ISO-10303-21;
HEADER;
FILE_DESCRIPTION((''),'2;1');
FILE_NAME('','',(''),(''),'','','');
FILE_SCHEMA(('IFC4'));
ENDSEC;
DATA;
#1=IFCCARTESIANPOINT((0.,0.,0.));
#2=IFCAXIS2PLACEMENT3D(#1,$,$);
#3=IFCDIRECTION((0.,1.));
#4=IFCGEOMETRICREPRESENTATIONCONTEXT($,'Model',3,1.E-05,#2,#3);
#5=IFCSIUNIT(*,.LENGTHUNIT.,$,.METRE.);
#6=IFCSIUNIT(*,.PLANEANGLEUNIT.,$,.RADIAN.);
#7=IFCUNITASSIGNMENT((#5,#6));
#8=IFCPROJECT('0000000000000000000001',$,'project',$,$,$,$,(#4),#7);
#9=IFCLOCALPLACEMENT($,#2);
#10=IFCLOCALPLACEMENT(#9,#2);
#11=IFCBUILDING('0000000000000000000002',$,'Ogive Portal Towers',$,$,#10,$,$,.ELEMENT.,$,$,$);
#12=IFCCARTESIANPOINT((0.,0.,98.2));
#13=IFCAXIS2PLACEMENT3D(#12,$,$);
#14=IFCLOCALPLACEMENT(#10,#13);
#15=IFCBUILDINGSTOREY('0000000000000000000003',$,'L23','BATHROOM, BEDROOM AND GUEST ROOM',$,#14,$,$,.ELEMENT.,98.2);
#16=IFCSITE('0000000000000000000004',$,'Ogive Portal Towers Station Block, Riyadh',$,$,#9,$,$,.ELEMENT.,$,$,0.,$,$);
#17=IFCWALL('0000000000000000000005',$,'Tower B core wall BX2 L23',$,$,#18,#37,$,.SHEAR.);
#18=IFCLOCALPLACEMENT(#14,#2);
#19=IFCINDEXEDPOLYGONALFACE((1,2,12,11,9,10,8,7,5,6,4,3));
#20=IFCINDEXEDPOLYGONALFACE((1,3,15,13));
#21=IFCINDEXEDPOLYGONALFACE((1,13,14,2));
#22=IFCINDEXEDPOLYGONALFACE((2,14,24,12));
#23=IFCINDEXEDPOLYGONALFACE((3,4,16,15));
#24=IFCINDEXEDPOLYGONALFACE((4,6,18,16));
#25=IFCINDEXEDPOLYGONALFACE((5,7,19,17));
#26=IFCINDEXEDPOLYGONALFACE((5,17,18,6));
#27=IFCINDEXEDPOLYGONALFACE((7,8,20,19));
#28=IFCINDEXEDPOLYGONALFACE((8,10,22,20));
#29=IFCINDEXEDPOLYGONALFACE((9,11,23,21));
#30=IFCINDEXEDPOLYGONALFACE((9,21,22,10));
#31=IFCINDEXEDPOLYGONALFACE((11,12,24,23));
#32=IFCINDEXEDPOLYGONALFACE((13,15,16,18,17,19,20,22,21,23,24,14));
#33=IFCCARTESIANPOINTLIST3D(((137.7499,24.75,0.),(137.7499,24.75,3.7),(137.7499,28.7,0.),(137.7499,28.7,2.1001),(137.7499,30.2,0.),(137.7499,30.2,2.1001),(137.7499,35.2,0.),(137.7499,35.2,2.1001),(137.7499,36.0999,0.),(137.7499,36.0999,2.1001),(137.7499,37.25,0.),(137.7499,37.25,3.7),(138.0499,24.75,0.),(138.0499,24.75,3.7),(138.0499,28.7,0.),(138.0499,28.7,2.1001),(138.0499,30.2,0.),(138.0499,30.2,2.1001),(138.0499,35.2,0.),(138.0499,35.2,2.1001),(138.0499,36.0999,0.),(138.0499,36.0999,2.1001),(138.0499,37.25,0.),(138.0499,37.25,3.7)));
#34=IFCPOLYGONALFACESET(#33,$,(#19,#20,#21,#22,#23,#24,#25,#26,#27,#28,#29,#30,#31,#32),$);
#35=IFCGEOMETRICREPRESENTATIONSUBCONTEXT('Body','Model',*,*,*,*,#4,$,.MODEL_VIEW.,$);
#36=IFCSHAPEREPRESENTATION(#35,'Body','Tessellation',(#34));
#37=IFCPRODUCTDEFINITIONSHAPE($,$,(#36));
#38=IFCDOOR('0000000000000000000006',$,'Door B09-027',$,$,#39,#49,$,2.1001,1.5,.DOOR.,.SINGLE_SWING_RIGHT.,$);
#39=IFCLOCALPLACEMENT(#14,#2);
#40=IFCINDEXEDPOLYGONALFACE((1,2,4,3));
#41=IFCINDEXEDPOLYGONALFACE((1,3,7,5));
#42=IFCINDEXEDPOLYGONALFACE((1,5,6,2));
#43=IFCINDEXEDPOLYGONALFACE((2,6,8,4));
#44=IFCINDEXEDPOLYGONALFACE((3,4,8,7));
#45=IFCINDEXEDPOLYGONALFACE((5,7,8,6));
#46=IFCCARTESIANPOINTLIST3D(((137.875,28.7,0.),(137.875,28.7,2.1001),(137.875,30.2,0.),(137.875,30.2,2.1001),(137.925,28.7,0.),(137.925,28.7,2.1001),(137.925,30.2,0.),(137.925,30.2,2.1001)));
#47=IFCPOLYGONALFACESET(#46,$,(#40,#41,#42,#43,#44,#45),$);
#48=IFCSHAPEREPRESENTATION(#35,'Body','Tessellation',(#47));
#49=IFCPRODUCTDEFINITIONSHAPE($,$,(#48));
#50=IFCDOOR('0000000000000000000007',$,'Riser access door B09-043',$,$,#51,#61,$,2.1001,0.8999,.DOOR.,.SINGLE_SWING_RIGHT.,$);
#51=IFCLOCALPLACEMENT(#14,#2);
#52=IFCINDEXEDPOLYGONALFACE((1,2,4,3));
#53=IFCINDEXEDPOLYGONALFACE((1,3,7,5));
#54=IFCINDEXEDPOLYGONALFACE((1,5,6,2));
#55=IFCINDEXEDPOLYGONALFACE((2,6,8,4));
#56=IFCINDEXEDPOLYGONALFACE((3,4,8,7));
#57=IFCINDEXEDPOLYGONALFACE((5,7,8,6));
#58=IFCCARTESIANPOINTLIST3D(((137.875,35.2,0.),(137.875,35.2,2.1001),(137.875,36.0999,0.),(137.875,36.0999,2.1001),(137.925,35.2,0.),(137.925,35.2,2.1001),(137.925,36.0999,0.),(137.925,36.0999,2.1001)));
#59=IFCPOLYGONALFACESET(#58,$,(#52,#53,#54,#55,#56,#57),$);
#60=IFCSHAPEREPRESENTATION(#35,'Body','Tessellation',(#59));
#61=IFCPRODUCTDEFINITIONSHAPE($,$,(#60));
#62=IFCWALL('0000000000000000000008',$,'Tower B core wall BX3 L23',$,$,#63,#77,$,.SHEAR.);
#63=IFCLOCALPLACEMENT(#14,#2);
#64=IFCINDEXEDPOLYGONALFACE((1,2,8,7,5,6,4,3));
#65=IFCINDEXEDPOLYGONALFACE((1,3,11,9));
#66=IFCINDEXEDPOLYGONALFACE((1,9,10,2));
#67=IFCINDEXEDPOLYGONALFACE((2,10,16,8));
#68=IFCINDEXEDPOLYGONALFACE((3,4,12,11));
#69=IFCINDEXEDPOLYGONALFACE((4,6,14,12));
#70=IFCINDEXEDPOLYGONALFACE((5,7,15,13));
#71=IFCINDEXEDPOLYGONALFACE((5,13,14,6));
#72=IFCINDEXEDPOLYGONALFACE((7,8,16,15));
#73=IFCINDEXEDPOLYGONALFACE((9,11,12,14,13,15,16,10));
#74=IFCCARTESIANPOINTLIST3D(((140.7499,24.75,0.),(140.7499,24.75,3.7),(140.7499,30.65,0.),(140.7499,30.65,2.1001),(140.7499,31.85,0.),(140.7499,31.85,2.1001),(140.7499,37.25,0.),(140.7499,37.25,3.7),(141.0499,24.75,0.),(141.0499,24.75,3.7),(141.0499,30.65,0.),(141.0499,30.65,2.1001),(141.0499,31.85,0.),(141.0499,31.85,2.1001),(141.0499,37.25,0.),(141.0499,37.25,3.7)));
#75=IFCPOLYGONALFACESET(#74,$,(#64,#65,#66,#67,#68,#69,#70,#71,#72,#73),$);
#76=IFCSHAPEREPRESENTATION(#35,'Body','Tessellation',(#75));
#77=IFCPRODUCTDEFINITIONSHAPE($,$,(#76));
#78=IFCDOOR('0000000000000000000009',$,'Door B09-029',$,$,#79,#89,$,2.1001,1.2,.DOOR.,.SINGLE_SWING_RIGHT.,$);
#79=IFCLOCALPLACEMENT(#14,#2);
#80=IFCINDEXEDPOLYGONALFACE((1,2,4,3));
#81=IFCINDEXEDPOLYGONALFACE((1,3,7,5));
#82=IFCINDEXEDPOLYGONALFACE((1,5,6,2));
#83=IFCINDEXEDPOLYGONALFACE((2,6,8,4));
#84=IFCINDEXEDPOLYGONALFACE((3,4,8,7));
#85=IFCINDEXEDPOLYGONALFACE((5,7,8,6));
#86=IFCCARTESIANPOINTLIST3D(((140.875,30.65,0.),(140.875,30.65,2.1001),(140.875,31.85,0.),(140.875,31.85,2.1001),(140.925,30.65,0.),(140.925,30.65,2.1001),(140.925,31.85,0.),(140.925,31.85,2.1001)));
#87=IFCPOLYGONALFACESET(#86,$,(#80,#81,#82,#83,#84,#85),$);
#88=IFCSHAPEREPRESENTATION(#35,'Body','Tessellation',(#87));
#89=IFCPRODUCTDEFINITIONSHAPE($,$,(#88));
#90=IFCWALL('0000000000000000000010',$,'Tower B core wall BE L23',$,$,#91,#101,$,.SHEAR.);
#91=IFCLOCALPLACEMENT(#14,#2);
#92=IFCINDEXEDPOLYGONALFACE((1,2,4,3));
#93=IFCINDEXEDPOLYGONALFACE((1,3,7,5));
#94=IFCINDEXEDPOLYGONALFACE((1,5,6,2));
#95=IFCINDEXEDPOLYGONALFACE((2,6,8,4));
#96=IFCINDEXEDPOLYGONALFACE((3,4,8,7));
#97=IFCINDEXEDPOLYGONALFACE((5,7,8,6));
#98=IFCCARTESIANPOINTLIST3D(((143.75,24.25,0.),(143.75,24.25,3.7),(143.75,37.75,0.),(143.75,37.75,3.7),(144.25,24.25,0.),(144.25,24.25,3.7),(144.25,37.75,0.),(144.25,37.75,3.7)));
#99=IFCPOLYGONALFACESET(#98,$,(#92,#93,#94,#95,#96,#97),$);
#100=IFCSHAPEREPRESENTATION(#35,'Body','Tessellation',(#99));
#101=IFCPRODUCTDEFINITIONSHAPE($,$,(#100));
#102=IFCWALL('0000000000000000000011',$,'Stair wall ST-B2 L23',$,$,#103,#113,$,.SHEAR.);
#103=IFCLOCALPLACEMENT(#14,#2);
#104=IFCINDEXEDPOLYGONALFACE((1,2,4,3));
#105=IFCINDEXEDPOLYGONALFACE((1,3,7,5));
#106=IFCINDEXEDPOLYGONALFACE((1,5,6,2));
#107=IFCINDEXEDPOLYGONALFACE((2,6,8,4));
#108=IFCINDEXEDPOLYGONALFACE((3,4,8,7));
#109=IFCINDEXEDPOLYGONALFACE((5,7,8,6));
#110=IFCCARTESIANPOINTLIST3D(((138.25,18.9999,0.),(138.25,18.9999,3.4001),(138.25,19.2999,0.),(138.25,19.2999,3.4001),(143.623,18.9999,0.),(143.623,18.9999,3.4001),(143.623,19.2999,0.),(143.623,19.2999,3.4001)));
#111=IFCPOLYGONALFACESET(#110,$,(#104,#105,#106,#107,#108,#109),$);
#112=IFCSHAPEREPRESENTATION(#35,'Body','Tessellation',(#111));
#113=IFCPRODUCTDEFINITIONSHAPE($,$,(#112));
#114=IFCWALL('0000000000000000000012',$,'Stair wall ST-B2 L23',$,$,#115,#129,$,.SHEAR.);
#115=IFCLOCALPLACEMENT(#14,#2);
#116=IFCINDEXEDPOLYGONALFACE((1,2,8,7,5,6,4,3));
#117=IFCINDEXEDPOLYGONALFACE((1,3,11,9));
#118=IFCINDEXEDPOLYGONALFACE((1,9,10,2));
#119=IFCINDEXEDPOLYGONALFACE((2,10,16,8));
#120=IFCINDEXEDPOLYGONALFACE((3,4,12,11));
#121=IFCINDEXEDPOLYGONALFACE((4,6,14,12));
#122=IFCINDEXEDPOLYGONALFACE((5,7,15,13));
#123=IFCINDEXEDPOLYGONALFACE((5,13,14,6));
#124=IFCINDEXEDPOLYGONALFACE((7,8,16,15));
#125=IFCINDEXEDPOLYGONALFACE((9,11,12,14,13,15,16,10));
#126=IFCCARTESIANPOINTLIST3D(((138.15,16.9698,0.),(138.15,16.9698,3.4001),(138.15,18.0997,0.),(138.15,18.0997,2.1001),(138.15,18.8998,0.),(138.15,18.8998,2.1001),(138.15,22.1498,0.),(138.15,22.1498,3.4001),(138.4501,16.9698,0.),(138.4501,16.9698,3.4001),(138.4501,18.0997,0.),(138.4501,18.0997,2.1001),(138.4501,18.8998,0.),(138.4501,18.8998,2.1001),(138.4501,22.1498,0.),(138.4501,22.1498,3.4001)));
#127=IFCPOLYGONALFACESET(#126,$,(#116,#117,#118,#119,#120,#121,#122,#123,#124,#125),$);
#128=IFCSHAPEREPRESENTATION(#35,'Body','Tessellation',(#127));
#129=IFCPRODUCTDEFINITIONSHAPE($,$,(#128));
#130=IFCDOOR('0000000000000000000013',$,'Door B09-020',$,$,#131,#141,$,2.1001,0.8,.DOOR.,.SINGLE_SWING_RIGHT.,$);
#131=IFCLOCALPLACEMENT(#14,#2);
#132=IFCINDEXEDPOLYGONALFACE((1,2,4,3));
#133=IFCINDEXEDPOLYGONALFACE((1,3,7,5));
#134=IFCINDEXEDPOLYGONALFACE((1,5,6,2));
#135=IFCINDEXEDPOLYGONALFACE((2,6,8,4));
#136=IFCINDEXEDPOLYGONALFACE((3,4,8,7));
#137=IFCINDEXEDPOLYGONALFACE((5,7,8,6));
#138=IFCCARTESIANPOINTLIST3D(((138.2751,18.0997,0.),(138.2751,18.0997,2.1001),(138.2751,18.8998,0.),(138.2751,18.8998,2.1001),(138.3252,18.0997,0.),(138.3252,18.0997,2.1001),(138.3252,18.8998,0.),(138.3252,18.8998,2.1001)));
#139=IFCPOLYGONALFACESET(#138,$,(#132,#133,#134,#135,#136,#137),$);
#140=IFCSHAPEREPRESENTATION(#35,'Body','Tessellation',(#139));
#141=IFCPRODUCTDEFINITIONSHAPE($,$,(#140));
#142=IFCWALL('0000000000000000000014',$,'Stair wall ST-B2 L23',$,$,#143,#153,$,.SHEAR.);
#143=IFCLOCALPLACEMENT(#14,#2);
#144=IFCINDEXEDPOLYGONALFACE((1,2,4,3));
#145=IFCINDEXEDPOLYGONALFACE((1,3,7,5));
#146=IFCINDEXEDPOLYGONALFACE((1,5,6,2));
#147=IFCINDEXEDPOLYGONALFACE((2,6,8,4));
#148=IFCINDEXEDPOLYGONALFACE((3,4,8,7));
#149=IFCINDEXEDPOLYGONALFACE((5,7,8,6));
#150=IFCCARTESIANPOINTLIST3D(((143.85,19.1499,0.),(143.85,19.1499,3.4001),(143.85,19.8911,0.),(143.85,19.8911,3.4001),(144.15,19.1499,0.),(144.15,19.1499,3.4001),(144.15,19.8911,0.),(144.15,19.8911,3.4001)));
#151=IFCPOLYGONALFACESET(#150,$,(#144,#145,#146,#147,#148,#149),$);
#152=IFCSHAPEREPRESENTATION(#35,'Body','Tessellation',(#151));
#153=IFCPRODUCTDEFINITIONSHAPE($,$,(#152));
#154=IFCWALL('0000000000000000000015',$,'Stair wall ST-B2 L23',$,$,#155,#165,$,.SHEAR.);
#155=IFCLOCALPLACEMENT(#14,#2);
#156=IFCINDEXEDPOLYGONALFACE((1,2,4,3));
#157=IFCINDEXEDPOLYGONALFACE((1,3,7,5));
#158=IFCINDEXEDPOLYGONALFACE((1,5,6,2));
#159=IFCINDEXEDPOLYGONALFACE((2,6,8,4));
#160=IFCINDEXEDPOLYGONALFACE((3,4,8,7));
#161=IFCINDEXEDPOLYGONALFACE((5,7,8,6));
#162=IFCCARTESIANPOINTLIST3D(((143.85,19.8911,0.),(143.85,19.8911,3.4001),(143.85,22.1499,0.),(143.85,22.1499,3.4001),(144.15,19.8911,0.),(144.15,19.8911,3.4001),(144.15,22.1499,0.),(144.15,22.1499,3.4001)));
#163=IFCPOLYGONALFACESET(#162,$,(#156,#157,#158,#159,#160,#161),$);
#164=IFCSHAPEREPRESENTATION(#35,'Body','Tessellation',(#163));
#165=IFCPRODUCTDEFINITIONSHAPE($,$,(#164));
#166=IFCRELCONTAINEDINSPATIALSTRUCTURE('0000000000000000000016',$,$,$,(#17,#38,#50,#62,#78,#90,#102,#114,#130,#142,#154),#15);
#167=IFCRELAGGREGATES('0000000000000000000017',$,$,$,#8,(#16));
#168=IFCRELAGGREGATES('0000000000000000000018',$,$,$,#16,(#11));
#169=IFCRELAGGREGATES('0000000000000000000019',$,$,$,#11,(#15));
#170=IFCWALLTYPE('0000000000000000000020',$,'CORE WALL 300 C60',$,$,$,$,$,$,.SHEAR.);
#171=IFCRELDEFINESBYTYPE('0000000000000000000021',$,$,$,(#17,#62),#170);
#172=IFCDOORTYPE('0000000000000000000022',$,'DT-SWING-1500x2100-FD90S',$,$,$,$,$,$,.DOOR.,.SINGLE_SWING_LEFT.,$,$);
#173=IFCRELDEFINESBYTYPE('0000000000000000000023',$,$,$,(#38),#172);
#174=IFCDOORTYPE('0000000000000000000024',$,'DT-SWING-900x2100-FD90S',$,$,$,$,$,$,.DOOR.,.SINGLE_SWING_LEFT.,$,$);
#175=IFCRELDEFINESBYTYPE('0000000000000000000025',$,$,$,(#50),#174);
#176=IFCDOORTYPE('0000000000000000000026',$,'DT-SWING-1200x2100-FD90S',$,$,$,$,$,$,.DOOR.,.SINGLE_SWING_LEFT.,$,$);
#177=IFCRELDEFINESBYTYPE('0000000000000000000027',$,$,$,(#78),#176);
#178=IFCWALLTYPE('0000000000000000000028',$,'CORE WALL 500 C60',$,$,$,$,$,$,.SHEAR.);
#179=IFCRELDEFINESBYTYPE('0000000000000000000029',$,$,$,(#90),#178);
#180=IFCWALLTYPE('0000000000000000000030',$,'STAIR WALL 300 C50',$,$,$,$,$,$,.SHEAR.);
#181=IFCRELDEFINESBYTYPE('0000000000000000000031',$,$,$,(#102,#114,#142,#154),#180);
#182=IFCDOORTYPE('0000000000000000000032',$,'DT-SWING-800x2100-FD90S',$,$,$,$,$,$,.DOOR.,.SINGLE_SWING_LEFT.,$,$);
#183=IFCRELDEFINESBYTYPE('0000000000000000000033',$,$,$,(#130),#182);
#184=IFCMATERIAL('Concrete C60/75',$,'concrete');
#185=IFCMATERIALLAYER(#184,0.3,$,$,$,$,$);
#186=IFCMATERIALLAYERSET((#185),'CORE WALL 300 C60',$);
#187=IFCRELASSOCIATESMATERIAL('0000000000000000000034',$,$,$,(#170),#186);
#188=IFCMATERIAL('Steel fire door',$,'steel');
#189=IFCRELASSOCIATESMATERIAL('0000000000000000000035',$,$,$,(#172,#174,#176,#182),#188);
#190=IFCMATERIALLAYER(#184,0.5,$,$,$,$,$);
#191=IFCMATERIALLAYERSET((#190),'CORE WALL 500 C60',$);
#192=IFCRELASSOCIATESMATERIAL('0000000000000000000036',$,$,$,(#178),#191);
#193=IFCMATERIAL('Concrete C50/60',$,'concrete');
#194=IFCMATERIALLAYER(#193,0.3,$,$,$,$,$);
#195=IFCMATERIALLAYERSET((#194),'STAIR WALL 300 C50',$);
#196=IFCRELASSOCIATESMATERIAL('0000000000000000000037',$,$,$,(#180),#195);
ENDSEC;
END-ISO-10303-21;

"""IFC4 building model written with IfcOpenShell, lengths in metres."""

from ifc_helpers import new_model, si_unit, direction, frame, frame_2d, origin, place, context, subcontext, project, spatial, rectangle, extrude, material, layer, layer_set, type_object, element, fill, save


model = new_model("IFC4")

# Units and contexts
model_context = context("Model", 3, precision=1e-05, world=origin(), true_north=direction((0.0, 1.0)))
body_context = subcontext(model_context, "Body", "Model", "MODEL_VIEW")
ifc_project = project(units=[si_unit("LENGTHUNIT", "METRE"), si_unit("PLANEANGLEUNIT", "RADIAN")], contexts=[model_context])

# Site, building, storey
site_placement = place(None, origin())
site = spatial("IfcSite", under=ifc_project, at=site_placement, Name="Ogive Portal Towers Station Block, Riyadh", CompositionType="ELEMENT", RefElevation=0.0)
building_placement = place(site_placement, origin())
building = spatial("IfcBuilding", under=site, at=building_placement, Name="Ogive Portal Towers", CompositionType="ELEMENT")
storey_placement = place(building_placement, frame((0.0, 0.0, 98.2)))
storey = spatial("IfcBuildingStorey", under=building, at=storey_placement, Name="L23", Description="BATHROOM, BEDROOM AND GUEST ROOM", CompositionType="ELEMENT", Elevation=98.2)

# Shared definitions
ifc_material_1 = material(Name="Concrete C50/60", Category="concrete")

# Wall, openings, doors
ifc_material_2 = material(Name="Concrete C60/75", Category="concrete")
ifc_layer_1 = layer(ifc_material_2, 0.3)
ifc_layer_set_1 = layer_set([ifc_layer_1], Name="CORE WALL 300 C60")
wall_type_1 = type_object("IfcWallType", Name="CORE WALL 300 C60", PredefinedType="SHEAR", material=ifc_layer_set_1)
wall_1_placement = place(storey_placement, frame((137.8999, 24.75, 0.0), z_axis=(0.0, 0.0, 1.0), x_axis=(0.0, 1.0, 0.0)))
wall_1 = element("IfcWall", 1, at=wall_1_placement, inside=storey, type_object=wall_type_1, Name="Tower B core wall BX2 L23", PredefinedType="SHEAR", context=body_context, shape_type="SweptSolid", body=[
    extrude(rectangle(XDim=12.5, YDim=0.3, at=frame_2d((6.25, 0.0))), origin(), (0.0, 0.0, 1.0), 3.7),
])
opening_1_placement = place(wall_1_placement, frame((3.95, 0.0, 0.0)))
opening_1 = element("IfcOpeningElement", 2, at=opening_1_placement, cuts=wall_1, PredefinedType="OPENING", context=body_context, shape_type="SweptSolid", body=[
    extrude(rectangle(XDim=1.5, YDim=2.1001, at=frame_2d((0.75, 1.05))), frame((0.0, 0.1602, 0.0), z_axis=(0.0, -1.0, 0.0), x_axis=(1.0, 0.0, 0.0)), (0.0, 0.0, 1.0), 0.3201),
])
opening_2_placement = place(wall_1_placement, frame((10.45, 0.0, 0.0)))
opening_2 = element("IfcOpeningElement", 3, at=opening_2_placement, cuts=wall_1, PredefinedType="OPENING", context=body_context, shape_type="SweptSolid", body=[
    extrude(rectangle(XDim=0.8999, YDim=2.1001, at=frame_2d((0.45, 1.05))), frame((0.0, 0.1602, 0.0), z_axis=(0.0, -1.0, 0.0), x_axis=(1.0, 0.0, 0.0)), (0.0, 0.0, 1.0), 0.3201),
])
ifc_material_3 = material(Name="Steel fire door", Category="steel")
door_type_1 = type_object("IfcDoorType", Name="DT-SWING-1500x2100-FD90S", OperationType="SINGLE_SWING_LEFT", PredefinedType="DOOR", material=ifc_material_3)
door_1_placement = place(opening_1_placement, origin())
door_1 = element("IfcDoor", 4, at=door_1_placement, inside=storey, type_object=door_type_1, Name="Door B09-027", OperationType="SINGLE_SWING_RIGHT", OverallHeight=2.1001, OverallWidth=1.5, PredefinedType="DOOR", context=body_context, shape_type="SweptSolid", body=[
    extrude(rectangle(XDim=1.5, YDim=2.1001, at=frame_2d((0.75, 1.05))), frame((0.0, 0.0249, 0.0), z_axis=(0.0, -1.0, 0.0), x_axis=(1.0, 0.0, 0.0)), (0.0, 0.0, 1.0), 0.05),
])
fill(opening_1, door_1)
door_type_2 = type_object("IfcDoorType", Name="DT-SWING-900x2100-FD90S", OperationType="SINGLE_SWING_LEFT", PredefinedType="DOOR", material=ifc_material_3)
door_2_placement = place(opening_2_placement, origin())
door_2 = element("IfcDoor", 5, at=door_2_placement, inside=storey, type_object=door_type_2, Name="Riser access door B09-043", OperationType="SINGLE_SWING_RIGHT", OverallHeight=2.1001, OverallWidth=0.8999, PredefinedType="DOOR", context=body_context, shape_type="SweptSolid", body=[
    extrude(rectangle(XDim=0.8999, YDim=2.1001, at=frame_2d((0.45, 1.05))), frame((0.0, 0.0249, 0.0), z_axis=(0.0, -1.0, 0.0), x_axis=(1.0, 0.0, 0.0)), (0.0, 0.0, 1.0), 0.05),
])
fill(opening_2, door_2)

# Wall, opening, door
wall_2_placement = place(storey_placement, frame((140.8999, 24.75, 0.0), z_axis=(0.0, 0.0, 1.0), x_axis=(0.0, 1.0, 0.0)))
wall_2 = element("IfcWall", 6, at=wall_2_placement, inside=storey, type_object=wall_type_1, Name="Tower B core wall BX3 L23", PredefinedType="SHEAR", context=body_context, shape_type="SweptSolid", body=[
    extrude(rectangle(XDim=12.5, YDim=0.3, at=frame_2d((6.25, 0.0))), origin(), (0.0, 0.0, 1.0), 3.7),
])
opening_3_placement = place(wall_2_placement, frame((5.8999, 0.0, 0.0)))
opening_3 = element("IfcOpeningElement", 7, at=opening_3_placement, cuts=wall_2, PredefinedType="OPENING", context=body_context, shape_type="SweptSolid", body=[
    extrude(rectangle(XDim=1.2, YDim=2.1001, at=frame_2d((0.6001, 1.05))), frame((0.0, 0.1602, 0.0), z_axis=(0.0, -1.0, 0.0), x_axis=(1.0, 0.0, 0.0)), (0.0, 0.0, 1.0), 0.3201),
])
door_type_3 = type_object("IfcDoorType", Name="DT-SWING-1200x2100-FD90S", OperationType="SINGLE_SWING_LEFT", PredefinedType="DOOR", material=ifc_material_3)
door_3_placement = place(opening_3_placement, origin())
door_3 = element("IfcDoor", 8, at=door_3_placement, inside=storey, type_object=door_type_3, Name="Door B09-029", OperationType="SINGLE_SWING_RIGHT", OverallHeight=2.1001, OverallWidth=1.2, PredefinedType="DOOR", context=body_context, shape_type="SweptSolid", body=[
    extrude(rectangle(XDim=1.2, YDim=2.1001, at=frame_2d((0.6001, 1.05))), frame((0.0, 0.0249, 0.0), z_axis=(0.0, -1.0, 0.0), x_axis=(1.0, 0.0, 0.0)), (0.0, 0.0, 1.0), 0.05),
])
fill(opening_3, door_3)

# Walls
ifc_layer_2 = layer(ifc_material_2, 0.5)
ifc_layer_set_2 = layer_set([ifc_layer_2], Name="CORE WALL 500 C60")
wall_type_2 = type_object("IfcWallType", Name="CORE WALL 500 C60", PredefinedType="SHEAR", material=ifc_layer_set_2)
wall_3_placement = place(storey_placement, frame((144.0, 24.25, 0.0), z_axis=(0.0, 0.0, 1.0), x_axis=(0.0, 1.0, 0.0)))
element("IfcWall", 9, at=wall_3_placement, inside=storey, type_object=wall_type_2, Name="Tower B core wall BE L23", PredefinedType="SHEAR", context=body_context, shape_type="SweptSolid", body=[
    extrude(rectangle(XDim=13.5, YDim=0.5, at=frame_2d((6.75, 0.0))), origin(), (0.0, 0.0, 1.0), 3.7),
])
ifc_layer_3 = layer(ifc_material_1, 0.3)
ifc_layer_set_3 = layer_set([ifc_layer_3], Name="STAIR WALL 300 C50")
wall_type_3 = type_object("IfcWallType", Name="STAIR WALL 300 C50", PredefinedType="SHEAR", material=ifc_layer_set_3)
wall_4_placement = place(storey_placement, frame((138.25, 19.1499, 0.0), z_axis=(0.0, 0.0, 1.0), x_axis=(1.0, 0.0, 0.0)))
element("IfcWall", 10, at=wall_4_placement, inside=storey, type_object=wall_type_3, Name="Stair wall ST-B2 L23", PredefinedType="SHEAR", context=body_context, shape_type="SweptSolid", body=[
    extrude(rectangle(XDim=5.373, YDim=0.3, at=frame_2d((2.6865, 0.0))), origin(), (0.0, 0.0, 1.0), 3.4001),
])

# Wall, opening, door
wall_5_placement = place(storey_placement, frame((138.3, 16.97, 0.0), z_axis=(0.0, 0.0, 1.0), x_axis=(0.0, 1.0, 0.0)))
wall_5 = element("IfcWall", 11, at=wall_5_placement, inside=storey, type_object=wall_type_3, Name="Stair wall ST-B2 L23", PredefinedType="SHEAR", context=body_context, shape_type="SweptSolid", body=[
    extrude(rectangle(XDim=5.1799, YDim=0.3, at=frame_2d((2.5898, 0.0))), origin(), (0.0, 0.0, 1.0), 3.4001),
])
opening_4_placement = place(wall_5_placement, frame((1.1299, 0.0, 0.0)))
opening_4 = element("IfcOpeningElement", 12, at=opening_4_placement, cuts=wall_5, PredefinedType="OPENING", context=body_context, shape_type="SweptSolid", body=[
    extrude(rectangle(XDim=0.8, YDim=2.1001, at=frame_2d((0.3999, 1.05))), frame((0.0, 0.1602, 0.0), z_axis=(0.0, -1.0, 0.0), x_axis=(1.0, 0.0, 0.0)), (0.0, 0.0, 1.0), 0.3201),
])
door_type_4 = type_object("IfcDoorType", Name="DT-SWING-800x2100-FD90S", OperationType="SINGLE_SWING_LEFT", PredefinedType="DOOR", material=ifc_material_3)
door_4_placement = place(opening_4_placement, origin())
door_4 = element("IfcDoor", 13, at=door_4_placement, inside=storey, type_object=door_type_4, Name="Door B09-020", OperationType="SINGLE_SWING_RIGHT", OverallHeight=2.1001, OverallWidth=0.8, PredefinedType="DOOR", context=body_context, shape_type="SweptSolid", body=[
    extrude(rectangle(XDim=0.8, YDim=2.1001, at=frame_2d((0.3999, 1.05))), frame((0.0, 0.0249, 0.0), z_axis=(0.0, -1.0, 0.0), x_axis=(1.0, 0.0, 0.0)), (0.0, 0.0, 1.0), 0.05),
])
fill(opening_4, door_4)

# Walls
wall_6_placement = place(storey_placement, frame((144.0, 19.1499, 0.0), z_axis=(0.0, 0.0, 1.0), x_axis=(0.0, 1.0, 0.0)))
element("IfcWall", 14, at=wall_6_placement, inside=storey, type_object=wall_type_3, Name="Stair wall ST-B2 L23", PredefinedType="SHEAR", context=body_context, shape_type="SweptSolid", body=[
    extrude(rectangle(XDim=0.7412, YDim=0.3, at=frame_2d((0.3706, 0.0))), origin(), (0.0, 0.0, 1.0), 3.4001),
])
wall_7_placement = place(storey_placement, frame((144.0, 19.8911, 0.0), z_axis=(0.0, 0.0, 1.0), x_axis=(0.0, 1.0, 0.0)))
element("IfcWall", 15, at=wall_7_placement, inside=storey, type_object=wall_type_3, Name="Stair wall ST-B2 L23", PredefinedType="SHEAR", context=body_context, shape_type="SweptSolid", body=[
    extrude(rectangle(XDim=2.2588, YDim=0.3, at=frame_2d((1.1294, 0.0))), origin(), (0.0, 0.0, 1.0), 3.4001),
])

save(model, "model.ifc")
